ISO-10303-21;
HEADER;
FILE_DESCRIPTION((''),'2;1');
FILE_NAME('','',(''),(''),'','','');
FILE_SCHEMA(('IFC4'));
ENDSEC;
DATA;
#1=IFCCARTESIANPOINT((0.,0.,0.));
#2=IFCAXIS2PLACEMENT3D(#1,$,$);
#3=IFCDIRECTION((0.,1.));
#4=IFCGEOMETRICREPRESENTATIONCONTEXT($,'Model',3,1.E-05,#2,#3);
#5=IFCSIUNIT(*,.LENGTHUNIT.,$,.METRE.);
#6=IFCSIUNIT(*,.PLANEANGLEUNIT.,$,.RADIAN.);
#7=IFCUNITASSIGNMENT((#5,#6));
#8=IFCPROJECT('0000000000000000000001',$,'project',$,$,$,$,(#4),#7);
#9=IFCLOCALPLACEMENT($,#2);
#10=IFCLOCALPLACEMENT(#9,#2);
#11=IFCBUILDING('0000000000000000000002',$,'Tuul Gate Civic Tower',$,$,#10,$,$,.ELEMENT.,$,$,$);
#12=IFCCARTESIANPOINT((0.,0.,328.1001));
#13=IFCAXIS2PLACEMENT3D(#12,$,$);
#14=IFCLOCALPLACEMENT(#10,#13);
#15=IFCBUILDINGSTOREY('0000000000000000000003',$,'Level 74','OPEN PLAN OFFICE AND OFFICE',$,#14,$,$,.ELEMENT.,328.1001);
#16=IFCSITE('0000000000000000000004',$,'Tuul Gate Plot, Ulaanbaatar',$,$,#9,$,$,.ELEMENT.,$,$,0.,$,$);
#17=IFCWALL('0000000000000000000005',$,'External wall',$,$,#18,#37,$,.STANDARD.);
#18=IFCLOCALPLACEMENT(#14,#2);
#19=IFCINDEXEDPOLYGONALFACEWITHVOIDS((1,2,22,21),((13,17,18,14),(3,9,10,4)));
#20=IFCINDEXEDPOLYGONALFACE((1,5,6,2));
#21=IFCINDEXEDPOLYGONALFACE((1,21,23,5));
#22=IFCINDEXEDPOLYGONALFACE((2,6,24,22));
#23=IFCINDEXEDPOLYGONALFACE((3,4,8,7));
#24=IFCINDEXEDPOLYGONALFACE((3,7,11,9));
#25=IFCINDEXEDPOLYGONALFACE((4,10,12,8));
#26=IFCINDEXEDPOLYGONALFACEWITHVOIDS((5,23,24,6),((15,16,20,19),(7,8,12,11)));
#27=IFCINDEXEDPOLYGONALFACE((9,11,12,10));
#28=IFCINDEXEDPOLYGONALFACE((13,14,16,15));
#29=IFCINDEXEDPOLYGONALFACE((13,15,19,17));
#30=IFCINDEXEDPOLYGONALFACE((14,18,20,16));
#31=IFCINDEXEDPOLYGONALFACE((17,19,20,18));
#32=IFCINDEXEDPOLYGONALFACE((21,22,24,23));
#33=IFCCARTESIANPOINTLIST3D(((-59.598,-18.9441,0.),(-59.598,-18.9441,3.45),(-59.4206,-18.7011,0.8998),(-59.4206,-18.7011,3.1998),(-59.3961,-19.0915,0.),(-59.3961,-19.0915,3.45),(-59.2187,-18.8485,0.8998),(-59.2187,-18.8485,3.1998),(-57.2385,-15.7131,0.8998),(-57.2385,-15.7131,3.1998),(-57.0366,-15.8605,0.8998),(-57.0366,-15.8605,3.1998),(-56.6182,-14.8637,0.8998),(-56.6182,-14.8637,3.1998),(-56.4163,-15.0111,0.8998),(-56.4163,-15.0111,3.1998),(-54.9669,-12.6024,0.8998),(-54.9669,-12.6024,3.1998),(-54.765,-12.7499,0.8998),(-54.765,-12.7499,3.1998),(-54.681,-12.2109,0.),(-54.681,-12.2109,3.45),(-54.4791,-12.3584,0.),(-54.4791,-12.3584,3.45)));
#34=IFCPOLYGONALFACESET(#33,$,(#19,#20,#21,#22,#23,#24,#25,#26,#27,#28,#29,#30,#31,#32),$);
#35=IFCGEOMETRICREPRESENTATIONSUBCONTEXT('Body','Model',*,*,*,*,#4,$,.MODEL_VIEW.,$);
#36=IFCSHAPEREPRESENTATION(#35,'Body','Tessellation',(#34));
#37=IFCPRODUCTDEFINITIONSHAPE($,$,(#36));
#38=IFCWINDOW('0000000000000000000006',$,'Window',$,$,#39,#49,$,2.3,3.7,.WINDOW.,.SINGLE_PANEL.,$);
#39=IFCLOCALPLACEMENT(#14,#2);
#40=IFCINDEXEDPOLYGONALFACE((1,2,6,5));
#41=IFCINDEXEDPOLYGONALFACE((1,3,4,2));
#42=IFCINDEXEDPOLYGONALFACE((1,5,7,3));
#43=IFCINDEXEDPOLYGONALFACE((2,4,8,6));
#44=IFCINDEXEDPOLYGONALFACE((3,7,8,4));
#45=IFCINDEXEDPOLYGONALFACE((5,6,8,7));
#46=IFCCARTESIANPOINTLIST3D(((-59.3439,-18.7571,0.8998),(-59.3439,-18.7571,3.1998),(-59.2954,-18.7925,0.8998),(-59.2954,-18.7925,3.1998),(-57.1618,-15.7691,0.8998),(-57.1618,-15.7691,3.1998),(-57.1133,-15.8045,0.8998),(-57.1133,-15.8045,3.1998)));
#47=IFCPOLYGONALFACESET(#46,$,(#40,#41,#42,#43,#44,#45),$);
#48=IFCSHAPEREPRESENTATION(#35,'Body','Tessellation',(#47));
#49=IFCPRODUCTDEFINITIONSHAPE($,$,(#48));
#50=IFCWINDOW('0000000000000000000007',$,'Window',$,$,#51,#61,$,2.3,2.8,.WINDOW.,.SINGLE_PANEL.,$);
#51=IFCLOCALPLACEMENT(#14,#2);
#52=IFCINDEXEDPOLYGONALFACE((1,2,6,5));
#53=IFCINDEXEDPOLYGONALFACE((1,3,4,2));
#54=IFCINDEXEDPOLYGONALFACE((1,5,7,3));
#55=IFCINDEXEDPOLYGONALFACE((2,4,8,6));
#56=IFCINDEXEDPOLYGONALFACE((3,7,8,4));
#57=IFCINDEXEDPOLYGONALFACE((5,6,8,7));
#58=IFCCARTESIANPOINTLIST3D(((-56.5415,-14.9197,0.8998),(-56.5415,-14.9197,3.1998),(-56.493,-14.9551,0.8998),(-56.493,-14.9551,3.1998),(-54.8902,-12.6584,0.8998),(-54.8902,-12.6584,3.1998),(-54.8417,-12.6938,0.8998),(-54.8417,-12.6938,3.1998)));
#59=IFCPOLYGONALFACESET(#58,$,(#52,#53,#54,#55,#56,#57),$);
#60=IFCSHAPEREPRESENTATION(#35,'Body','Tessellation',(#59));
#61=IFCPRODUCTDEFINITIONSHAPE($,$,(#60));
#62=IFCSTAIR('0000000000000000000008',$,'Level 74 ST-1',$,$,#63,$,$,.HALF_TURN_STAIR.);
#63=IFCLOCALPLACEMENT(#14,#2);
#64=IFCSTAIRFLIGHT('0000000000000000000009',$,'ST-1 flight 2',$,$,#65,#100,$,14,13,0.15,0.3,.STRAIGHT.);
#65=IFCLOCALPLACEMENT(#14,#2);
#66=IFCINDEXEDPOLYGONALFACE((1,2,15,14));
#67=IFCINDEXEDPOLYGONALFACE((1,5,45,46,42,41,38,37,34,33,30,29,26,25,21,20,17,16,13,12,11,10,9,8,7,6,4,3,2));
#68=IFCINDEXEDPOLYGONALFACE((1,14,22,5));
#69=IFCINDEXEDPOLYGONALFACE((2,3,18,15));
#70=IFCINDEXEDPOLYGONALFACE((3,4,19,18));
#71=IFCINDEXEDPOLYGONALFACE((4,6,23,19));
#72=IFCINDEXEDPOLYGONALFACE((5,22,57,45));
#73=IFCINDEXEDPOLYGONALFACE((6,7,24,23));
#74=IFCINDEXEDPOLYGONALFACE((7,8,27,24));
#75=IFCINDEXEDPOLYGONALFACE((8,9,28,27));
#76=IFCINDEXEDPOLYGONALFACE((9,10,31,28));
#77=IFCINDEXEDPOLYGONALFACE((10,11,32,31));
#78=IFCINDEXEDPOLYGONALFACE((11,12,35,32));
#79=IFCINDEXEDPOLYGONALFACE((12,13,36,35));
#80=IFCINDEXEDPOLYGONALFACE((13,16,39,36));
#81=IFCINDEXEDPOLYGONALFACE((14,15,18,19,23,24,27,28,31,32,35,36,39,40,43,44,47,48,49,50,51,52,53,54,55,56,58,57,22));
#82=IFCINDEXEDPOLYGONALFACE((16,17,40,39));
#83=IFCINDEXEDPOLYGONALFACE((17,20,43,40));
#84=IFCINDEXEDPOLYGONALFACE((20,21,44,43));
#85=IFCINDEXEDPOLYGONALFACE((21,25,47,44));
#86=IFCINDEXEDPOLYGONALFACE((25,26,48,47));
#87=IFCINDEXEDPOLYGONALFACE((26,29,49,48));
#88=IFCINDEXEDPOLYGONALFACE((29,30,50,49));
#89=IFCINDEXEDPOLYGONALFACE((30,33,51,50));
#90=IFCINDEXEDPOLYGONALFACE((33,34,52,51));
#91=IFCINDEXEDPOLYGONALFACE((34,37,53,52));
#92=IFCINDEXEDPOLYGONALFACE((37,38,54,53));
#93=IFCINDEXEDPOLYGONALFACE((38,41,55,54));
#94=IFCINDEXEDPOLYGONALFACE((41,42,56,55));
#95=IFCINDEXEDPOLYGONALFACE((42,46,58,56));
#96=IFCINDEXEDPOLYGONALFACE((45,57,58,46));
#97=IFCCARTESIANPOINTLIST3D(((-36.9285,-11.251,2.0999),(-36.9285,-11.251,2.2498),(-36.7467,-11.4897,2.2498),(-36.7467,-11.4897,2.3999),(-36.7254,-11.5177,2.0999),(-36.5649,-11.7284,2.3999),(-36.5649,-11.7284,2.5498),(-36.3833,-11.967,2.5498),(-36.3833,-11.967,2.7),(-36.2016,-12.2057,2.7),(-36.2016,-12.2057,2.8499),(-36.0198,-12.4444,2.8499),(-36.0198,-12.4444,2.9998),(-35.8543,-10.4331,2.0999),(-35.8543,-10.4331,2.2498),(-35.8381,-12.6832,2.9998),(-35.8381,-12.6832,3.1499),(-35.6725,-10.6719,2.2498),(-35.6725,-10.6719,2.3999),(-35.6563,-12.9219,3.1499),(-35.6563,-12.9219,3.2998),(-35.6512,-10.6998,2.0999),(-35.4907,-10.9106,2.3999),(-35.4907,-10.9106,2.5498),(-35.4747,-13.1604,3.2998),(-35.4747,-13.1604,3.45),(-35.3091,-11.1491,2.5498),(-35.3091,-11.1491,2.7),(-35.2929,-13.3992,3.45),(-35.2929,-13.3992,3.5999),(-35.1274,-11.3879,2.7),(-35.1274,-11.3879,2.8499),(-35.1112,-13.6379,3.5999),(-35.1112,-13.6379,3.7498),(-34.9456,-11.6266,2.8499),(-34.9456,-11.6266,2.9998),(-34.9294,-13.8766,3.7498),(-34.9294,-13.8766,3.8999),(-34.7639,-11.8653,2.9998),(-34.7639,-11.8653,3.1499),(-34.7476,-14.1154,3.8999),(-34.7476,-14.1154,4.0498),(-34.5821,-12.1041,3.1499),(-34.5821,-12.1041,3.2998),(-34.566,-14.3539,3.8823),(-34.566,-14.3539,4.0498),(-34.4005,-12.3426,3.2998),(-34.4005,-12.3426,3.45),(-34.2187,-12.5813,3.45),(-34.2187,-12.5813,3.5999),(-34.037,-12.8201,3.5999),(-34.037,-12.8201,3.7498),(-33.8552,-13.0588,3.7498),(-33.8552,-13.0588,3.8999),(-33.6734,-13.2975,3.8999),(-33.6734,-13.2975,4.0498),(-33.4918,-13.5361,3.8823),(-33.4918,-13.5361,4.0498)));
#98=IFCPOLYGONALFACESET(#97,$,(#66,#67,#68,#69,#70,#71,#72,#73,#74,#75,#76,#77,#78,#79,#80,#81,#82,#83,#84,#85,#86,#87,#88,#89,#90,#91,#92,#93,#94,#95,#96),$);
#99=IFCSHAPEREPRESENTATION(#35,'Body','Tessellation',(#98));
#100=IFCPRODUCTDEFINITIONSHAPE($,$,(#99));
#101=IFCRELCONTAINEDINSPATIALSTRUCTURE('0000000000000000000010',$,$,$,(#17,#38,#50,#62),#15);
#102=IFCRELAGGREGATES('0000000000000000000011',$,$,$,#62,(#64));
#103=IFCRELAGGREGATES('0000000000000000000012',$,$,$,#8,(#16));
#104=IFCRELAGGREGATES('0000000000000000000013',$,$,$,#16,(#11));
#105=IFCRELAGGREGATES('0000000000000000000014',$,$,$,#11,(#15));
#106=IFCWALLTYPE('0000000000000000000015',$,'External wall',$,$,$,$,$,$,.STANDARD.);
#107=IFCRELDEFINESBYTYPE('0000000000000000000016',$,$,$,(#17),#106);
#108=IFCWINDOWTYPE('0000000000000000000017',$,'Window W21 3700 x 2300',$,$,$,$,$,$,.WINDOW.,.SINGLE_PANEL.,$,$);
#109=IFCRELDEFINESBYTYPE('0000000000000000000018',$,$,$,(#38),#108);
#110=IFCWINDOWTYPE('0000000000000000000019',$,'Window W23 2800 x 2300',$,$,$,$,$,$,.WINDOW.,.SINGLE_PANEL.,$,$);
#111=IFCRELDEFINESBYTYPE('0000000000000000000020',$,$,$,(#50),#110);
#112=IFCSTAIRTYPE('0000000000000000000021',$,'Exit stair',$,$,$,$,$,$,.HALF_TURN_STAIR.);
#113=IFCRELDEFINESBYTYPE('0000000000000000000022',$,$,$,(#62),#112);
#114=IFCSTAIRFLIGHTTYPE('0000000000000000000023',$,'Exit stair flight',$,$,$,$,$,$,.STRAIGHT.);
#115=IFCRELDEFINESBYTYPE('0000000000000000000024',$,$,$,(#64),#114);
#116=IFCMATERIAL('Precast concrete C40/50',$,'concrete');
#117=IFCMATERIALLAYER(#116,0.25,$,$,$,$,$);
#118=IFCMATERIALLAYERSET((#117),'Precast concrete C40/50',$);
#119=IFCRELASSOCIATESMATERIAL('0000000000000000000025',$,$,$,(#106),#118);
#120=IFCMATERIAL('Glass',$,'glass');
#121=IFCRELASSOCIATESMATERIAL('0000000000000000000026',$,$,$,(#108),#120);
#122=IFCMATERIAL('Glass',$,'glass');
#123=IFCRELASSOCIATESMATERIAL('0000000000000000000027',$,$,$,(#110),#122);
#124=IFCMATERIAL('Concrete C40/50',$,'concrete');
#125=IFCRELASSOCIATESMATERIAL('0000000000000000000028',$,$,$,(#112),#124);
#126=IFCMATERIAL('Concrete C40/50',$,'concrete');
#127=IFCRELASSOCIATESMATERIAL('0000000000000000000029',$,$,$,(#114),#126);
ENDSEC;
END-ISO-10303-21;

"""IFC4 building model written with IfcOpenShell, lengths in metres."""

from ifc_helpers import new_model, si_unit, direction, frame, frame_2d, origin, place, context, subcontext, project, spatial, polyline, rectangle, outline, extrude, material, layer, layer_set, type_object, element, fill, aggregate, save


model = new_model("IFC4")

# Units and contexts
model_context = context("Model", 3, precision=1e-05, world=origin(), true_north=direction((0.0, 1.0)))
body_context = subcontext(model_context, "Body", "Model", "MODEL_VIEW")
ifc_project = project(units=[si_unit("LENGTHUNIT", "METRE"), si_unit("PLANEANGLEUNIT", "RADIAN")], contexts=[model_context])

# Site, building, storey
site_placement = place(None, origin())
site = spatial("IfcSite", under=ifc_project, at=site_placement, Name="Tuul Gate Plot, Ulaanbaatar", CompositionType="ELEMENT", RefElevation=0.0)
building_placement = place(site_placement, origin())
building = spatial("IfcBuilding", under=site, at=building_placement, Name="Tuul Gate Civic Tower", CompositionType="ELEMENT")
storey_placement = place(building_placement, frame((0.0, 0.0, 328.1001)))
storey = spatial("IfcBuildingStorey", under=building, at=storey_placement, Name="Level 74", Description="OPEN PLAN OFFICE AND OFFICE", CompositionType="ELEMENT", Elevation=328.1001)

# Wall, openings, windows
ifc_material_1 = material(Name="Precast concrete C40/50", Category="concrete")
ifc_layer_1 = layer(ifc_material_1, 0.25)
ifc_layer_set_1 = layer_set([ifc_layer_1], Name="Precast concrete C40/50")
wall_type_1 = type_object("IfcWallType", Name="External wall", PredefinedType="STANDARD", material=ifc_layer_set_1)
wall_1_placement = place(storey_placement, frame((-54.5801, -12.2847, 0.0), z_axis=(0.0, 0.0, 1.0), x_axis=(-0.589752, -0.807585, 0.0)))
wall_1 = element("IfcWall", 1, at=wall_1_placement, inside=storey, type_object=wall_type_1, Name="External wall", PredefinedType="STANDARD", context=body_context, shape_type="SweptSolid", body=[
    extrude(rectangle(XDim=8.3374, YDim=0.25, at=frame_2d((4.1687, 0.0))), origin(), (0.0, 0.0, 1.0), 3.45),
])
opening_1_placement = place(wall_1_placement, frame((0.4849, 0.0, 0.8999)))
opening_1 = element("IfcOpeningElement", 2, at=opening_1_placement, cuts=wall_1, PredefinedType="OPENING", context=body_context, shape_type="SweptSolid", body=[
    extrude(rectangle(XDim=2.8, YDim=2.3, at=frame_2d((1.3999, 1.1499))), frame((0.0, 0.135, 0.0), z_axis=(0.0, -1.0, 0.0), x_axis=(1.0, 0.0, 0.0)), (0.0, 0.0, 1.0), 0.27),
])
opening_2_placement = place(wall_1_placement, frame((4.3364, 0.0, 0.8999)))
opening_2 = element("IfcOpeningElement", 3, at=opening_2_placement, cuts=wall_1, PredefinedType="OPENING", context=body_context, shape_type="SweptSolid", body=[
    extrude(rectangle(XDim=3.7, YDim=2.3, at=frame_2d((1.8501, 1.1499))), frame((0.0, 0.135, 0.0), z_axis=(0.0, -1.0, 0.0), x_axis=(1.0, 0.0, 0.0)), (0.0, 0.0, 1.0), 0.27),
])
ifc_material_2 = material(Name="Glass", Category="glass")
window_type_1 = type_object("IfcWindowType", Name="Window W21 3700 x 2300", PartitioningType="SINGLE_PANEL", PredefinedType="WINDOW", material=ifc_material_2)
window_1_placement = place(opening_2_placement, origin())
window_1 = element("IfcWindow", 4, at=window_1_placement, inside=storey, type_object=window_type_1, Name="Window", OverallHeight=2.3, OverallWidth=3.7, PartitioningType="SINGLE_PANEL", PredefinedType="WINDOW", context=body_context, shape_type="SweptSolid", body=[
    extrude(rectangle(XDim=3.7, YDim=2.3, at=frame_2d((1.8501, 1.1499))), frame((0.0, 0.03, 0.0), z_axis=(0.0, -1.0, 0.0), x_axis=(1.0, 0.0, 0.0)), (0.0, 0.0, 1.0), 0.0601),
])
fill(opening_2, window_1)
ifc_material_3 = material(Name="Glass", Category="glass")
window_type_2 = type_object("IfcWindowType", Name="Window W23 2800 x 2300", PartitioningType="SINGLE_PANEL", PredefinedType="WINDOW", material=ifc_material_3)
window_2_placement = place(opening_1_placement, origin())
window_2 = element("IfcWindow", 5, at=window_2_placement, inside=storey, type_object=window_type_2, Name="Window", OverallHeight=2.3, OverallWidth=2.8, PartitioningType="SINGLE_PANEL", PredefinedType="WINDOW", context=body_context, shape_type="SweptSolid", body=[
    extrude(rectangle(XDim=2.8, YDim=2.3, at=frame_2d((1.3999, 1.1499))), frame((0.0, 0.03, 0.0), z_axis=(0.0, -1.0, 0.0), x_axis=(1.0, 0.0, 0.0)), (0.0, 0.0, 1.0), 0.0601),
])
fill(opening_1, window_2)

# Stair, stair flight
ifc_material_4 = material(Name="Concrete C40/50", Category="concrete")
stair_type = type_object("IfcStairType", Name="Exit stair", PredefinedType="HALF_TURN_STAIR", material=ifc_material_4)
stair_placement = place(storey_placement, origin())
stair = element("IfcStair", 6, at=stair_placement, inside=storey, type_object=stair_type, Name="Level 74 ST-1", PredefinedType="HALF_TURN_STAIR")
ifc_material_5 = material(Name="Concrete C40/50", Category="concrete")
stair_flight_type = type_object("IfcStairFlightType", Name="Exit stair flight", PredefinedType="STRAIGHT", material=ifc_material_5)
stair_flight_placement = place(storey_placement, frame((-36.3914, -10.842, 2.0999), z_axis=(0.0, 0.0, 1.0), x_axis=(0.605764, -0.795644, 0.0)))
stair_flight = element("IfcStairFlight", 7, at=stair_flight_placement, type_object=stair_flight_type, Name="ST-1 flight 2", NumberOfRisers=14, NumberOfTreads=13, PredefinedType="STRAIGHT", RiserHeight=0.15, TreadLength=0.3, context=body_context, shape_type="SweptSolid", body=[
    extrude(outline(polyline([(0.0, 0.0), (0.0, 0.1499), (0.3, 0.1499), (0.3, 0.3), (0.6001, 0.3), (0.6001, 0.45), (0.8999, 0.45), (0.8999, 0.6001), (1.2, 0.6001), (1.2, 0.75), (1.5, 0.75), (1.5, 0.8999), (1.8, 0.8999), (1.8, 1.05), (2.1001, 1.05), (2.1001, 1.2), (2.3999, 1.2), (2.3999, 1.3501), (2.7, 1.3501), (2.7, 1.5), (3.0, 1.5), (3.0, 1.6499), (3.3, 1.6499), (3.3, 1.8), (3.6001, 1.8), (3.6001, 1.95), (3.8999, 1.95), (3.8999, 2.1001), (3.8999, 1.7825), (0.3352, 0.0), (0.0, 0.0)])), frame((0.0, 0.675, 0.0), z_axis=(0.0, -1.0, 0.0), x_axis=(1.0, 0.0, 0.0)), (0.0, 0.0, 1.0), 1.3501),
])
aggregate(stair, [stair_flight])

save(model, "model.ifc")
